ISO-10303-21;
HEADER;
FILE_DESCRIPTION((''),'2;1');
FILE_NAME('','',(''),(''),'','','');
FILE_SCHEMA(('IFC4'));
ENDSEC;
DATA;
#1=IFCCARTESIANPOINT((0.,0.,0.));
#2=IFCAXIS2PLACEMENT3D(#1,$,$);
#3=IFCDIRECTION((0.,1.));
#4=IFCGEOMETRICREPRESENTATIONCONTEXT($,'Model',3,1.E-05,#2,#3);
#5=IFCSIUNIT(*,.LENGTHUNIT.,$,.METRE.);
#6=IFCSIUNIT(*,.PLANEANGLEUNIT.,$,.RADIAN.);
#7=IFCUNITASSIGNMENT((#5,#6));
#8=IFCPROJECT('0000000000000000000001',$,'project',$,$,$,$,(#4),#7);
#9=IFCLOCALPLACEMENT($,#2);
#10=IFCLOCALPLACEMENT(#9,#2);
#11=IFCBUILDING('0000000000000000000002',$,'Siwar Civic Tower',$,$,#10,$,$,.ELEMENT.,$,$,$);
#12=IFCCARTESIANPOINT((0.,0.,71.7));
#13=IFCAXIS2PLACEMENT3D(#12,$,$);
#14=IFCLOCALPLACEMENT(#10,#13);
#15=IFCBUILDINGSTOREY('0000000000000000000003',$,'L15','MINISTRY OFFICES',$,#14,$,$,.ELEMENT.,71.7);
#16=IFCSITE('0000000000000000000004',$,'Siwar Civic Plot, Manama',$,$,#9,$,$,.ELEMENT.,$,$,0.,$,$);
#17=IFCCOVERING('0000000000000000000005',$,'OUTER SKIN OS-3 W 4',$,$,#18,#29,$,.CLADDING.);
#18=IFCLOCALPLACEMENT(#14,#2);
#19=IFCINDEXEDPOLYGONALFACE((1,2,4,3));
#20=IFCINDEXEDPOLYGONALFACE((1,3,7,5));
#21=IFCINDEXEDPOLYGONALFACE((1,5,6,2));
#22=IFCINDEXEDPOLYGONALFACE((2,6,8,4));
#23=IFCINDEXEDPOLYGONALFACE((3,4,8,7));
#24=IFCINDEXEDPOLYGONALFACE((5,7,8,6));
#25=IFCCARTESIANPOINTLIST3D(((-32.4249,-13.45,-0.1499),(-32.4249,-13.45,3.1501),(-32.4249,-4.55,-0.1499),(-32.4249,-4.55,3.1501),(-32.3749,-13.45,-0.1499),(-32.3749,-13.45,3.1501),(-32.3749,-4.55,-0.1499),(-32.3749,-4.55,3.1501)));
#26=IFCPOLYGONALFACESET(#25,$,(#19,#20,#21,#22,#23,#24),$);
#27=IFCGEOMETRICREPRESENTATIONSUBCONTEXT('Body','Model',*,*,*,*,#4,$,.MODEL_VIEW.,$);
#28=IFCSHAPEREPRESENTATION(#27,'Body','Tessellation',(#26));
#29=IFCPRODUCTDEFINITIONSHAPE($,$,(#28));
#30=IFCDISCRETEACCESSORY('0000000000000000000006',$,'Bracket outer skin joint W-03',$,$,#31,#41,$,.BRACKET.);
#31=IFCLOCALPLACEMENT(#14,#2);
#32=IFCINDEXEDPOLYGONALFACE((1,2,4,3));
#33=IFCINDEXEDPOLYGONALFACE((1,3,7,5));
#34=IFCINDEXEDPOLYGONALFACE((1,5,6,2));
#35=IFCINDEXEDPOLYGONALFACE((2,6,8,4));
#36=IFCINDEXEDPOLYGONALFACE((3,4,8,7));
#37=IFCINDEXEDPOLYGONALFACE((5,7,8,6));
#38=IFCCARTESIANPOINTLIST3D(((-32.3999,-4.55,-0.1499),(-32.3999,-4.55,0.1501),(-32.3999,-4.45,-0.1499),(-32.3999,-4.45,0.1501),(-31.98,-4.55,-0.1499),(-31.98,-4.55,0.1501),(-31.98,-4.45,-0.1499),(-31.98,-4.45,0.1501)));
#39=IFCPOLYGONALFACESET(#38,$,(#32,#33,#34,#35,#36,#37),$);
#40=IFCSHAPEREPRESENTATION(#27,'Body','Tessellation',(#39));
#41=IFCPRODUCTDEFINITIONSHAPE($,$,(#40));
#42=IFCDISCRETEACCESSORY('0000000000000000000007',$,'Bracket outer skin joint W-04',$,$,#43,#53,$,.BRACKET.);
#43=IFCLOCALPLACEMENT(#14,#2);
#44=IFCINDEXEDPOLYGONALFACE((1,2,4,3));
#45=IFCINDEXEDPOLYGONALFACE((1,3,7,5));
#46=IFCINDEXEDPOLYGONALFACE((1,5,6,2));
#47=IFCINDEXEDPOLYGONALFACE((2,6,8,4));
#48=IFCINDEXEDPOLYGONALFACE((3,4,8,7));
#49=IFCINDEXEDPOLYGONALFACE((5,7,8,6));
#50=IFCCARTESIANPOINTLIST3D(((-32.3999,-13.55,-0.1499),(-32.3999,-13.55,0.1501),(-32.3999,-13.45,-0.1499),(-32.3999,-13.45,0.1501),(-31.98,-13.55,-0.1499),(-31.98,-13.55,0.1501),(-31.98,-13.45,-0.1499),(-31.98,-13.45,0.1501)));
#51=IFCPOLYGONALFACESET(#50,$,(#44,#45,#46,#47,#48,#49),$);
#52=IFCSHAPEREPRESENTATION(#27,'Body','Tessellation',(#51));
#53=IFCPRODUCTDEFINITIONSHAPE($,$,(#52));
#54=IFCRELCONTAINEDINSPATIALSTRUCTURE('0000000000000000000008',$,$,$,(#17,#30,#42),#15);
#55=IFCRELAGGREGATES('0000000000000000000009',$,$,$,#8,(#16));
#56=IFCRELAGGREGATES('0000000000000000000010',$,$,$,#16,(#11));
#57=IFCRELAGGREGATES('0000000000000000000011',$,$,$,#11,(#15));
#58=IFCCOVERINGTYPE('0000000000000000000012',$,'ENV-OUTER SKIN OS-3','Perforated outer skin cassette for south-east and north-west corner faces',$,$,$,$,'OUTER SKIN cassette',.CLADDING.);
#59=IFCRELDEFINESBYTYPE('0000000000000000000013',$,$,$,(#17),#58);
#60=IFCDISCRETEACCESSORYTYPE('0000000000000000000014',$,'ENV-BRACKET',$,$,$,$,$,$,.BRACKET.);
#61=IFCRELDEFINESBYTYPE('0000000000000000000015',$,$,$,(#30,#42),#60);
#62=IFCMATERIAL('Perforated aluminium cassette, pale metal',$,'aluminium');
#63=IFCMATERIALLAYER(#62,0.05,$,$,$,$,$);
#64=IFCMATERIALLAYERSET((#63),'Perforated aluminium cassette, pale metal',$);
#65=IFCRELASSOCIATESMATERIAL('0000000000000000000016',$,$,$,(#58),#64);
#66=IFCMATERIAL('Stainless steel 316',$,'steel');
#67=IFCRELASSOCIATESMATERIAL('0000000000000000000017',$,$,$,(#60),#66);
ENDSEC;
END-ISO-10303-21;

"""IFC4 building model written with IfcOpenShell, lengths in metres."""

from ifc_helpers import new_model, si_unit, direction, frame, origin, origin_2d, place, context, subcontext, project, spatial, rectangle, extrude, material, layer, layer_set, type_object, element, save


model = new_model("IFC4")

# Units and contexts
model_context = context("Model", 3, precision=1e-05, world=origin(), true_north=direction((0.0, 1.0)))
body_context = subcontext(model_context, "Body", "Model", "MODEL_VIEW")
ifc_project = project(units=[si_unit("LENGTHUNIT", "METRE"), si_unit("PLANEANGLEUNIT", "RADIAN")], contexts=[model_context])

# Site, building, storey
site_placement = place(None, origin())
site = spatial("IfcSite", under=ifc_project, at=site_placement, Name="Siwar Civic Plot, Manama", CompositionType="ELEMENT", RefElevation=0.0)
building_placement = place(site_placement, origin())
building = spatial("IfcBuilding", under=site, at=building_placement, Name="Siwar Civic Tower", CompositionType="ELEMENT")
storey_placement = place(building_placement, frame((0.0, 0.0, 71.7)))
storey = spatial("IfcBuildingStorey", under=building, at=storey_placement, Name="L15", Description="MINISTRY OFFICES", CompositionType="ELEMENT", Elevation=71.7)

# Covering
ifc_material_1 = material(Name="Perforated aluminium cassette, pale metal", Category="aluminium")
ifc_layer_1 = layer(ifc_material_1, 0.05)
ifc_layer_set_1 = layer_set([ifc_layer_1], Name="Perforated aluminium cassette, pale metal")
covering_type = type_object("IfcCoveringType", Name="ENV-OUTER SKIN OS-3", Description="Perforated outer skin cassette for south-east and north-west corner faces", ElementType="OUTER SKIN cassette", PredefinedType="CLADDING", material=ifc_layer_set_1)
covering_placement = place(storey_placement, frame((-32.3999, -9.0, -0.1499), z_axis=(0.0, 0.0, 1.0), x_axis=(0.0, -1.0, 0.0)))
element("IfcCovering", 1, at=covering_placement, inside=storey, type_object=covering_type, Name="OUTER SKIN OS-3 W 4", PredefinedType="CLADDING", context=body_context, shape_type="SweptSolid", body=[
    extrude(rectangle(XDim=8.8999, YDim=0.05, at=origin_2d()), origin(), (0.0, 0.0, 1.0), 3.3),
])

# Discrete accessories
ifc_material_2 = material(Name="Stainless steel 316", Category="steel")
discrete_accessory_type = type_object("IfcDiscreteAccessoryType", Name="ENV-BRACKET", PredefinedType="BRACKET", material=ifc_material_2)
for number, where, z_axis, x_axis, name in (
    (2, (-32.1899, -4.5, -0.1499), (0.0, 0.0, 1.0), (-1.0, 0.0, 0.0), "Bracket outer skin joint W-03"),
    (3, (-32.1899, -13.5, -0.1499), (0.0, 0.0, 1.0), (-1.0, 0.0, 0.0), "Bracket outer skin joint W-04"),
):
    element("IfcDiscreteAccessory", number, at=place(storey_placement, frame(where, z_axis=z_axis, x_axis=x_axis)), inside=storey, type_object=discrete_accessory_type, Name=name, PredefinedType="BRACKET", context=body_context, shape_type="SweptSolid", body=[
        extrude(rectangle(XDim=0.4199, YDim=0.1001, at=origin_2d()), origin(), (0.0, 0.0, 1.0), 0.3),
    ])

save(model, "model.ifc")
